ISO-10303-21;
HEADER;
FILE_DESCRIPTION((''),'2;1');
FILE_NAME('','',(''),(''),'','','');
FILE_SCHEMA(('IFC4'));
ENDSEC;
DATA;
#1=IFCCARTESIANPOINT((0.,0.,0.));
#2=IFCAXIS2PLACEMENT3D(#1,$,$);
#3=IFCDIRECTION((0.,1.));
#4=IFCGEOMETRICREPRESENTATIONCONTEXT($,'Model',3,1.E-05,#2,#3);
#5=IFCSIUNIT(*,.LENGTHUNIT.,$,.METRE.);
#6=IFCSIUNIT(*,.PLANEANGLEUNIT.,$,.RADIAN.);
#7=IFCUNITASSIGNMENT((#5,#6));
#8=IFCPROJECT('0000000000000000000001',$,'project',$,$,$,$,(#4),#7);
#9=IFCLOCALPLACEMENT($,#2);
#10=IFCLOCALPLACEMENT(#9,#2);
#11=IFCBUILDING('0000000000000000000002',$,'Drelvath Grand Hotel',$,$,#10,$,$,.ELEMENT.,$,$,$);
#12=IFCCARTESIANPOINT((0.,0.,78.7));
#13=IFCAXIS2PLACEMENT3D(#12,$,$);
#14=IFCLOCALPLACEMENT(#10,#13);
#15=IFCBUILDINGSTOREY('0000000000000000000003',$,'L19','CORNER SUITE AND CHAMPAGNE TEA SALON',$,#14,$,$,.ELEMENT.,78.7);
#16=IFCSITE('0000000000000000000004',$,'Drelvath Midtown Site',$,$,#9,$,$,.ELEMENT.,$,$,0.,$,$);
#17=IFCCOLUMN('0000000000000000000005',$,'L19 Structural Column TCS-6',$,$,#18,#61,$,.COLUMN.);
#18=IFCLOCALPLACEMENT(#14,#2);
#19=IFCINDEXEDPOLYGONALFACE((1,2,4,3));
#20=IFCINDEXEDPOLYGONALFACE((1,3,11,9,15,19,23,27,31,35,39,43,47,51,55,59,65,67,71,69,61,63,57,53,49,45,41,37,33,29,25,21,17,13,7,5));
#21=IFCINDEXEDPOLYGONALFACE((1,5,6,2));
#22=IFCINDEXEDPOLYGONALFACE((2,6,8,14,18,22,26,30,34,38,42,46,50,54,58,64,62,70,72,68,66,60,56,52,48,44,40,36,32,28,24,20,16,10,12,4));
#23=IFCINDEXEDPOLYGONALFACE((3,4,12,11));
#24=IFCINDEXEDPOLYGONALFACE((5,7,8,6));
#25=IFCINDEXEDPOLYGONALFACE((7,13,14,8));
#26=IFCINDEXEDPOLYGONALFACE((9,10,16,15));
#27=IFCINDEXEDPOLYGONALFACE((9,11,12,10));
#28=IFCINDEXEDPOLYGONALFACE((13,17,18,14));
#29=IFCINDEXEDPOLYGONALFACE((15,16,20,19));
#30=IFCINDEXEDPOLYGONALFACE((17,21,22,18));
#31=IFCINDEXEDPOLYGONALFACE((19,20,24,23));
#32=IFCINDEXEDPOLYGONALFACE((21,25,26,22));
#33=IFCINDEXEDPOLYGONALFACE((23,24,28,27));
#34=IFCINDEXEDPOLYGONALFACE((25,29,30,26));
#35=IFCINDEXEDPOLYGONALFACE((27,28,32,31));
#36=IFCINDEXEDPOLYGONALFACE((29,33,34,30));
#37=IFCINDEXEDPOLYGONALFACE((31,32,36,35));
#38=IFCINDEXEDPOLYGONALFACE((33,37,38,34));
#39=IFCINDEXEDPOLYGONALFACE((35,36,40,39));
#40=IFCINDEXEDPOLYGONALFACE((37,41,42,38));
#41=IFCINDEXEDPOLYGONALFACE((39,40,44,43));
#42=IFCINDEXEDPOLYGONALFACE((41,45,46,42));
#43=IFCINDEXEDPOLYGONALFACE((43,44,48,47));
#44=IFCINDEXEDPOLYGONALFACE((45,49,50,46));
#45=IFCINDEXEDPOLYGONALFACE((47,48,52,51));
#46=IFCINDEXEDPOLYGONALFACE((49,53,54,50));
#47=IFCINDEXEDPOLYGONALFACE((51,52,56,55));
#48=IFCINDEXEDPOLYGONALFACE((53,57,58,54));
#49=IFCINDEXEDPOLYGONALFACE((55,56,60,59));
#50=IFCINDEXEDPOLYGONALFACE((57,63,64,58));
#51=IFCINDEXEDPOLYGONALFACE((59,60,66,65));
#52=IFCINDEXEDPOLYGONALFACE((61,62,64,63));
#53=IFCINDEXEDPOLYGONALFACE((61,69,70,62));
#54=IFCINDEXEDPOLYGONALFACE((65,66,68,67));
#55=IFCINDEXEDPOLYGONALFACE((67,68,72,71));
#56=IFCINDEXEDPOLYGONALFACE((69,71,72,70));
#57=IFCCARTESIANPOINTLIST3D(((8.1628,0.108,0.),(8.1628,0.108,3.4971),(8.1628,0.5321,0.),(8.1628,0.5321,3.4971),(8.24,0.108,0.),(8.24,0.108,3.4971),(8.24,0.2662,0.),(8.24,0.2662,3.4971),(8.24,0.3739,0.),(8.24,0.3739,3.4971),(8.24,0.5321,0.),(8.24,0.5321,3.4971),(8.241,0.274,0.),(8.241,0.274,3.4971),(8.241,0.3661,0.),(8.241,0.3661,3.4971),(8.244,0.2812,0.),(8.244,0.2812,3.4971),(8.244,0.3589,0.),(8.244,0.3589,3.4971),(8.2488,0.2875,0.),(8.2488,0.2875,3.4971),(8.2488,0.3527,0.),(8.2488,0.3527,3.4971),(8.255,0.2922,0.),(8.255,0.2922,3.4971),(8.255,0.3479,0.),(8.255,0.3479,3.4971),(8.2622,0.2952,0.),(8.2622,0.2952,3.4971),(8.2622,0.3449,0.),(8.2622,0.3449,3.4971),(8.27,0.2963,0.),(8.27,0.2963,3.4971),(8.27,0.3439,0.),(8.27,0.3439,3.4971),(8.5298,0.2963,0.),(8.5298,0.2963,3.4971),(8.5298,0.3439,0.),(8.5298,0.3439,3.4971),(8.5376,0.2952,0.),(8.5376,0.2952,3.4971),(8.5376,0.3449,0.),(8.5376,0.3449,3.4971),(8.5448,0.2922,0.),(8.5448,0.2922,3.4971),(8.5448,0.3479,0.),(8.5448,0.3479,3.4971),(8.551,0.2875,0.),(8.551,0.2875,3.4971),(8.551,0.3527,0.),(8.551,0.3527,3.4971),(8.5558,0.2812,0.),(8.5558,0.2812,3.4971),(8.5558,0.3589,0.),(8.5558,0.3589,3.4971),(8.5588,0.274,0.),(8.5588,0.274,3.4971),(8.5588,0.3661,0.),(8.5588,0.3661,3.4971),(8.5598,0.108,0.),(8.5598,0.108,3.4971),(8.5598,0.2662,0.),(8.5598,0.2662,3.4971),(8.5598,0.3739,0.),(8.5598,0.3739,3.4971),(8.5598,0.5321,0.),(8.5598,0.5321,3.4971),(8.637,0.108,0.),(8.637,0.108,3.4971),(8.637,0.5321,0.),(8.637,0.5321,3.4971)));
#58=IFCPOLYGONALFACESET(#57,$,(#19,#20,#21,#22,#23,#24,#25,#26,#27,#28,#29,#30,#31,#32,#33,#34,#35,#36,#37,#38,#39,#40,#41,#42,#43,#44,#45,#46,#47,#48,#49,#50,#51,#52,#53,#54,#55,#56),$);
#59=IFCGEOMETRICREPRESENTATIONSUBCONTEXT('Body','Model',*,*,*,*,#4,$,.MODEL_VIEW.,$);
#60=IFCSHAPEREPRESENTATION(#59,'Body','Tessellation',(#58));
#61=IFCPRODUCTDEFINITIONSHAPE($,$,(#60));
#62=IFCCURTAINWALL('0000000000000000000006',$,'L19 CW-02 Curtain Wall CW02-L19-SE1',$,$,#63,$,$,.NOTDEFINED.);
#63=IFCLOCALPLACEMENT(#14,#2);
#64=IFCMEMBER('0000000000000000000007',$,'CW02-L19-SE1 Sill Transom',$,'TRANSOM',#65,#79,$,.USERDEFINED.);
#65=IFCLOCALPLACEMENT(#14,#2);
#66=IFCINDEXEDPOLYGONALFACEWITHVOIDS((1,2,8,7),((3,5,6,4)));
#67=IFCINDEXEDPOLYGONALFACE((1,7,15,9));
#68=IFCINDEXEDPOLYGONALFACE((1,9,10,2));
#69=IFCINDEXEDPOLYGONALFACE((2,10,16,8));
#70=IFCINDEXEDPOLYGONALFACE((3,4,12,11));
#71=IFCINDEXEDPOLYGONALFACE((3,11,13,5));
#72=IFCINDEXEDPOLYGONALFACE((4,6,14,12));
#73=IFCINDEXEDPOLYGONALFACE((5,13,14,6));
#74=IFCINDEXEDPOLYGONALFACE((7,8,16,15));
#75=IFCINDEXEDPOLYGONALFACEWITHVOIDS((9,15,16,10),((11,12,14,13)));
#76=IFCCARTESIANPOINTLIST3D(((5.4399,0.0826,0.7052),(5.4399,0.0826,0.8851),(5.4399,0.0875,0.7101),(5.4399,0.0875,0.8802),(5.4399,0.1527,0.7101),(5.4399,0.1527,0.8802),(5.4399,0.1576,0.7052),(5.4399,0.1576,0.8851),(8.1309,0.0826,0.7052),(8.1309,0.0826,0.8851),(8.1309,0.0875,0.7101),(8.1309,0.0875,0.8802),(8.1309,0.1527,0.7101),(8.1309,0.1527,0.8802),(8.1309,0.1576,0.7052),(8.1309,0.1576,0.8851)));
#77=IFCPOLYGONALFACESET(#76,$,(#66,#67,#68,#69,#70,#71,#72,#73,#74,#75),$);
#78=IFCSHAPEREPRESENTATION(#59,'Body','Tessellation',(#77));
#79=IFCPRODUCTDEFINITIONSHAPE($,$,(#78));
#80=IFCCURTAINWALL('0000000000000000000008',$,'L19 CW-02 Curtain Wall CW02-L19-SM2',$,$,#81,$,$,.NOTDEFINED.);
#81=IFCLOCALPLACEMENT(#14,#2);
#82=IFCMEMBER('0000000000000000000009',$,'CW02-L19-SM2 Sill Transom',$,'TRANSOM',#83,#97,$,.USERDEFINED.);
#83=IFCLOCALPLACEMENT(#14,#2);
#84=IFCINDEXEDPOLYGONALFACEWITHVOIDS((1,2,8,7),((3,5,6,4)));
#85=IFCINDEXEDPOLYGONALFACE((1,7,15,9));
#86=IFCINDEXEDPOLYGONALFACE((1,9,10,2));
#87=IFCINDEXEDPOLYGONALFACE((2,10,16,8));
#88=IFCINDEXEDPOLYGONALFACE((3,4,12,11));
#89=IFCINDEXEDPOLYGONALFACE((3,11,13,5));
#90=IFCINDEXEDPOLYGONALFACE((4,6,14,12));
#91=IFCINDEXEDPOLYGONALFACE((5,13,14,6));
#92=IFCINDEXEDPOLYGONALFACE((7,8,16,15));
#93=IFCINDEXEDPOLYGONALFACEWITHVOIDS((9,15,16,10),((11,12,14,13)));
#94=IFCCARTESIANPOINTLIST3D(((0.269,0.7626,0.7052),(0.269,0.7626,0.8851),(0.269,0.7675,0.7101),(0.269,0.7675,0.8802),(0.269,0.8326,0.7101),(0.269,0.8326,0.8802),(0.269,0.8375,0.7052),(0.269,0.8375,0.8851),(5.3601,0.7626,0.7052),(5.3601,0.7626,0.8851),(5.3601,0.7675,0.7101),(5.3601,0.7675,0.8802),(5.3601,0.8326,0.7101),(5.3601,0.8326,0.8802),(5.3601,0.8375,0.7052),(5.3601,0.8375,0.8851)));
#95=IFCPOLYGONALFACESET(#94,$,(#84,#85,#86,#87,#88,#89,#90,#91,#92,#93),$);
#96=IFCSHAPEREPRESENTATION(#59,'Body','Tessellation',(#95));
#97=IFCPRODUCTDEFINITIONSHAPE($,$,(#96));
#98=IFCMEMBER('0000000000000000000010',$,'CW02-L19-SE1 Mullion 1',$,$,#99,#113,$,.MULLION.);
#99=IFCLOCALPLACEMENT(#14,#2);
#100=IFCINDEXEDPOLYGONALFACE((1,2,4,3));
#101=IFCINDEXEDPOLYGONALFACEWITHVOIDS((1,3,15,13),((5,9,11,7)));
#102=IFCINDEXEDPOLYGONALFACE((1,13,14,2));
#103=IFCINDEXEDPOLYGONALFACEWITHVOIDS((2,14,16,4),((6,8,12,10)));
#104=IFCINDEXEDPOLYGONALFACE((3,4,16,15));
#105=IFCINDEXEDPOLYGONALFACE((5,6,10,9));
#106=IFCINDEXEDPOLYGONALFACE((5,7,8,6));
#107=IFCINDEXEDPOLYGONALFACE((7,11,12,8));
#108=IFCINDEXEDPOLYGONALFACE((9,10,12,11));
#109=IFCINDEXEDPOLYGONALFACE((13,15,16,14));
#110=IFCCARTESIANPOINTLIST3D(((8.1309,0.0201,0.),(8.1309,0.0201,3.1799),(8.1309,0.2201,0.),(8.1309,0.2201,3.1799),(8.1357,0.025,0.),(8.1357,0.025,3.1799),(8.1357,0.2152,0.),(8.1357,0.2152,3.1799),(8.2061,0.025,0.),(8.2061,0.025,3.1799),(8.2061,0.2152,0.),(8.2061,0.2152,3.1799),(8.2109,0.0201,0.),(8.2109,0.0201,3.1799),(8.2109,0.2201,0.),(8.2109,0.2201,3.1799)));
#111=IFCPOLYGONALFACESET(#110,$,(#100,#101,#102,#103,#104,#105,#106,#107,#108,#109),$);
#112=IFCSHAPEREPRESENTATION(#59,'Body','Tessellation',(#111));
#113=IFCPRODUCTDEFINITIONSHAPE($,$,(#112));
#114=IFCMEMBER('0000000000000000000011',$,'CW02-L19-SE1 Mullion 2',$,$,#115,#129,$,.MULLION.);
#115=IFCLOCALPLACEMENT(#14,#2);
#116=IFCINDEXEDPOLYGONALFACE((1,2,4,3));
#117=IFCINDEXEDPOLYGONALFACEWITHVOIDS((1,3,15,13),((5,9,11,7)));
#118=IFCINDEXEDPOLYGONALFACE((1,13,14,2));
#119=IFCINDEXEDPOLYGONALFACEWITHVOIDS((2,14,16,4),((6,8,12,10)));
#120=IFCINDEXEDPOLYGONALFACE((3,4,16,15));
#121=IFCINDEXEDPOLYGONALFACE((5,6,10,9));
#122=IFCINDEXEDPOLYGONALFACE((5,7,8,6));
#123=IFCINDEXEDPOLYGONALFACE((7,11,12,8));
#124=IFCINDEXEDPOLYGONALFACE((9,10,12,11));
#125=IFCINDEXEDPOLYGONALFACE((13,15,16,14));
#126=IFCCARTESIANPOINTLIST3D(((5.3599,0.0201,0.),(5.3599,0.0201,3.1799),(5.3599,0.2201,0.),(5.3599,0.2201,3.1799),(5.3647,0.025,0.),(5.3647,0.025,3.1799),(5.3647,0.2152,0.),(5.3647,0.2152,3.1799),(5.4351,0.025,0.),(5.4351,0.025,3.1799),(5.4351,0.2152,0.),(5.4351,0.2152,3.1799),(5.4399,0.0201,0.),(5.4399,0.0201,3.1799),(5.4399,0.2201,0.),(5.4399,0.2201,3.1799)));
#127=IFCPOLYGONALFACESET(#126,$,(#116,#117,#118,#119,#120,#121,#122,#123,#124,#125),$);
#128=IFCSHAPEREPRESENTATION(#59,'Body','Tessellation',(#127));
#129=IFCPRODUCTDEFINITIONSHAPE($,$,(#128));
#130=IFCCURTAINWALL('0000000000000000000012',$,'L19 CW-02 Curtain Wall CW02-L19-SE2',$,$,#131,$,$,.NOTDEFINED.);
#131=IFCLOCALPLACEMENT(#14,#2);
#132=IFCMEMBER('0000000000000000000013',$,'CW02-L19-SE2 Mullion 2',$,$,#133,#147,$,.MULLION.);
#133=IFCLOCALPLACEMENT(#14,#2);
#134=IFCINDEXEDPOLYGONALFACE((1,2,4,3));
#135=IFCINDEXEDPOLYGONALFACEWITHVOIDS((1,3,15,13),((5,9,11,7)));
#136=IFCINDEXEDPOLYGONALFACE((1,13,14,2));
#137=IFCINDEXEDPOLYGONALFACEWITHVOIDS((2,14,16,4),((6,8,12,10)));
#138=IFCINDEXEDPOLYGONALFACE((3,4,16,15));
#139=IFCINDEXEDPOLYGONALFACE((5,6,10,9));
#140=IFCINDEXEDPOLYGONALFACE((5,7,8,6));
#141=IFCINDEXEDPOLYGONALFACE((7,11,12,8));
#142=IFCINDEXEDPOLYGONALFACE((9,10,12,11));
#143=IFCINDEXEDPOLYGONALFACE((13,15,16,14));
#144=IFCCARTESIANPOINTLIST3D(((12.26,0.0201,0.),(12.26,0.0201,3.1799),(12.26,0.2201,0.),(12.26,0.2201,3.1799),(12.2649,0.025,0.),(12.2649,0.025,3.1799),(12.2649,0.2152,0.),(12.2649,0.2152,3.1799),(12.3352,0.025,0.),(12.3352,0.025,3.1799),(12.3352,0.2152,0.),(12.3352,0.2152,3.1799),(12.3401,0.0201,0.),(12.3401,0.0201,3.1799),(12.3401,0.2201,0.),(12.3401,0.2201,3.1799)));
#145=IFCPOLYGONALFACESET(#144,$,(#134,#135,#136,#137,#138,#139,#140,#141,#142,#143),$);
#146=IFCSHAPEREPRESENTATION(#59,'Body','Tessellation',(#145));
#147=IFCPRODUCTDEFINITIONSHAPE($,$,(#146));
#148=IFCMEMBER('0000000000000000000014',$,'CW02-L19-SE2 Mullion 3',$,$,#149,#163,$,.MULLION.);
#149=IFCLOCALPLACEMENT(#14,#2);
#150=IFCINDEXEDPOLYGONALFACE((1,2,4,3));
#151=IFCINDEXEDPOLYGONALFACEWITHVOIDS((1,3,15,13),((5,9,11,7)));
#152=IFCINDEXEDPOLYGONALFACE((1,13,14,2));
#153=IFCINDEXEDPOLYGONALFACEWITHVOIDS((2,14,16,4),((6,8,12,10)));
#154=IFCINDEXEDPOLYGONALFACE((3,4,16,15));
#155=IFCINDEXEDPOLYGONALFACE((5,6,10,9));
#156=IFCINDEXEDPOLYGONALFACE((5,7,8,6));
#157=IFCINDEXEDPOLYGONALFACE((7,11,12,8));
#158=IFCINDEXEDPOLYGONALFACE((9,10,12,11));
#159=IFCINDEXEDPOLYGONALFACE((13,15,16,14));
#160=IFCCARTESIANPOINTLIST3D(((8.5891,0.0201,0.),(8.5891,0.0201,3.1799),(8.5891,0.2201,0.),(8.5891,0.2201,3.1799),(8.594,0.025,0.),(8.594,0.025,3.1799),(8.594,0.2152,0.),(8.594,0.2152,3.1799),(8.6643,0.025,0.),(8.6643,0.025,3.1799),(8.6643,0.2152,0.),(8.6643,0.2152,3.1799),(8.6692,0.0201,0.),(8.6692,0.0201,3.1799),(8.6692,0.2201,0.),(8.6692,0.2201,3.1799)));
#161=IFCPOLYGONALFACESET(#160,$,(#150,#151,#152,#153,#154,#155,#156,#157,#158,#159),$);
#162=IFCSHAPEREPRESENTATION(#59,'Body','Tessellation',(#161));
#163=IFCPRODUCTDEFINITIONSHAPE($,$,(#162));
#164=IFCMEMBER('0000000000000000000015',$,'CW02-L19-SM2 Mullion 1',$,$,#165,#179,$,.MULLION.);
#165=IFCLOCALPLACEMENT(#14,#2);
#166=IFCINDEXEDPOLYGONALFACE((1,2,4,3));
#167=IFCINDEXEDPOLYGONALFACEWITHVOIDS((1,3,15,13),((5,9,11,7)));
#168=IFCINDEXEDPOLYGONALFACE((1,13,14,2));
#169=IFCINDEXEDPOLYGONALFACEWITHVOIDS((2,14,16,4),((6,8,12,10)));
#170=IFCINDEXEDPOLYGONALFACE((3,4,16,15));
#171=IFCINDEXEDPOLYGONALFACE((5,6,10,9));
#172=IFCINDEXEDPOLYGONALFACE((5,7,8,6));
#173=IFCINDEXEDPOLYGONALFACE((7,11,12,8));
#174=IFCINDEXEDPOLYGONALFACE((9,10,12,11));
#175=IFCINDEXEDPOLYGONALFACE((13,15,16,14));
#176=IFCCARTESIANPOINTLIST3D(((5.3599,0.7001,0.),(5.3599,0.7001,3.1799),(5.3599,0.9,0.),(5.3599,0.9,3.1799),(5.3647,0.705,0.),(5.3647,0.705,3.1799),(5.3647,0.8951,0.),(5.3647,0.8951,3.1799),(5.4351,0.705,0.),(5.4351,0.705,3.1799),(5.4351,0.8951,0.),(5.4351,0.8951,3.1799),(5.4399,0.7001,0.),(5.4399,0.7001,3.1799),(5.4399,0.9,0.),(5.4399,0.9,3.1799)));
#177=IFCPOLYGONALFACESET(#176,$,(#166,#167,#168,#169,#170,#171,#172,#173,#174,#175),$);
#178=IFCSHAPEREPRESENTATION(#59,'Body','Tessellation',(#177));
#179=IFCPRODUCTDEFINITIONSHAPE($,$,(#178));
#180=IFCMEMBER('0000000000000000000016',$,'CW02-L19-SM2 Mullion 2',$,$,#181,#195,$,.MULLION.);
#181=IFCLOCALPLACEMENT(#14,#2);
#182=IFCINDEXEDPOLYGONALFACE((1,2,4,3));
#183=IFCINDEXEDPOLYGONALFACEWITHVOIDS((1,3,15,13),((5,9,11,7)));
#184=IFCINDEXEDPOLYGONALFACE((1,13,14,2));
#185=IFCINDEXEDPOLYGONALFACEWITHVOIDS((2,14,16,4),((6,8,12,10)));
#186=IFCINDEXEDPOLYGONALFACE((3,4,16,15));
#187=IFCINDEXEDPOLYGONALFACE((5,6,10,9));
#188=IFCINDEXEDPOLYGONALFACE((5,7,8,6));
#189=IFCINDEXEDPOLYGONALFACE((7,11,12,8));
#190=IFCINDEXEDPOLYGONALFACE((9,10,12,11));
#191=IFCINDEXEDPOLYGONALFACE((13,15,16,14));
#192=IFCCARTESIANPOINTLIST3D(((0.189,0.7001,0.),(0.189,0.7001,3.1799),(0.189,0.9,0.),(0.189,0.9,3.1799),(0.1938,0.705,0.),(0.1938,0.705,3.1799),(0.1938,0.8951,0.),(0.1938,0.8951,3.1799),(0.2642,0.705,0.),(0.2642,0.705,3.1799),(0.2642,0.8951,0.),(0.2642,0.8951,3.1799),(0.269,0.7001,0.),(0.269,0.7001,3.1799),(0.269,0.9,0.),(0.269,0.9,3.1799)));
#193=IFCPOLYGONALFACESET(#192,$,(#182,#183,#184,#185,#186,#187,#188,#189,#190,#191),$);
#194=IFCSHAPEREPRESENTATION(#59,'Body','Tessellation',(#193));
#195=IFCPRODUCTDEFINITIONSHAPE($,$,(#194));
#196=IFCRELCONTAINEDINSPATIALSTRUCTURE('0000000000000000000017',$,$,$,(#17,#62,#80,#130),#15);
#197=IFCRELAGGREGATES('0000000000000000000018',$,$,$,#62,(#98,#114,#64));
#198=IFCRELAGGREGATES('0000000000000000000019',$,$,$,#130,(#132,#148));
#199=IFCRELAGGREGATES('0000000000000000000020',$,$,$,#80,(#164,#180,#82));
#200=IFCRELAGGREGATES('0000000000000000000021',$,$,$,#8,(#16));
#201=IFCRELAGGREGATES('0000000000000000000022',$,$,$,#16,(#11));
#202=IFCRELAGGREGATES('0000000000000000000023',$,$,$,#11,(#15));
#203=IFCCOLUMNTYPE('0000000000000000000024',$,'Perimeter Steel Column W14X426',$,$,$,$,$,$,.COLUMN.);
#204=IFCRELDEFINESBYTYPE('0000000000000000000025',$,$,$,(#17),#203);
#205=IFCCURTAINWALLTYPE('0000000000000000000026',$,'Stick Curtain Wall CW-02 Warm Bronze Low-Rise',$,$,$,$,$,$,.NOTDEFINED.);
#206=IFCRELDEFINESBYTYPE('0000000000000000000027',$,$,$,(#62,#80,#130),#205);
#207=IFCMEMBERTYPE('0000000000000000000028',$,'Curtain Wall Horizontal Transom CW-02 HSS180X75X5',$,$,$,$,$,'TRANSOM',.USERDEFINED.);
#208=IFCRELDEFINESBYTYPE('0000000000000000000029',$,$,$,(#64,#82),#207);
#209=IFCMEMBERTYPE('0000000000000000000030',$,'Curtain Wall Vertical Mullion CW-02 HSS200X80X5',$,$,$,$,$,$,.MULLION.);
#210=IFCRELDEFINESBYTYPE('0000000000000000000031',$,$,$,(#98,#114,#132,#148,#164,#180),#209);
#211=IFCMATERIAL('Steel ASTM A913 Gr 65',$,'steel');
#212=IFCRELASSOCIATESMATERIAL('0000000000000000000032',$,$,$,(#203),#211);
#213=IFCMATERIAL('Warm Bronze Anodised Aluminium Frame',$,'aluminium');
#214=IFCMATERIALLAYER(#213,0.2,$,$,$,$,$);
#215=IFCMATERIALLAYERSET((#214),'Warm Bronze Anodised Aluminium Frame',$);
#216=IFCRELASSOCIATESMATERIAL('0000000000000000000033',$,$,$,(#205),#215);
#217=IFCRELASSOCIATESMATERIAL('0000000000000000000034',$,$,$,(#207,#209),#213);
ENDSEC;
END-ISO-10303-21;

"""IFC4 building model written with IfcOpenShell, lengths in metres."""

from ifc_helpers import new_model, si_unit, direction, frame, origin, origin_2d, place, context, subcontext, project, spatial, hollow_rectangle, i_section, extrude, material, layer, layer_set, material_profile, profile_set, type_object, element, aggregate, save


model = new_model("IFC4")

# Units and contexts
model_context = context("Model", 3, precision=1e-05, world=origin(), true_north=direction((0.0, 1.0)))
body_context = subcontext(model_context, "Body", "Model", "MODEL_VIEW")
ifc_project = project(units=[si_unit("LENGTHUNIT", "METRE"), si_unit("PLANEANGLEUNIT", "RADIAN")], contexts=[model_context])

# Site, building, storey
site_placement = place(None, origin())
site = spatial("IfcSite", under=ifc_project, at=site_placement, Name="Drelvath Midtown Site", CompositionType="ELEMENT", RefElevation=0.0)
building_placement = place(site_placement, origin())
building = spatial("IfcBuilding", under=site, at=building_placement, Name="Drelvath Grand Hotel", CompositionType="ELEMENT")
storey_placement = place(building_placement, frame((0.0, 0.0, 78.7)))
storey = spatial("IfcBuildingStorey", under=building, at=storey_placement, Name="L19", Description="CORNER SUITE AND CHAMPAGNE TEA SALON", CompositionType="ELEMENT", Elevation=78.7)

# Column
ifc_material_1 = material(Name="Steel ASTM A913 Gr 65", Category="steel")
ifc_material_profile_1 = material_profile(ifc_material_1, i_section(OverallWidth=0.4241, OverallDepth=0.4741, WebThickness=0.0476, FlangeThickness=0.0771, FilletRadius=0.03, at=origin_2d()), Name="W14X426")
ifc_profile_set_1 = profile_set([ifc_material_profile_1], Name="Steel ASTM A913 Gr 65")
column_type = type_object("IfcColumnType", Name="Perimeter Steel Column W14X426", PredefinedType="COLUMN", material=ifc_profile_set_1)
column_placement = place(storey_placement, frame((8.3999, 0.3201, 0.0), z_axis=(0.0, 0.0, 1.0), x_axis=(0.0, 1.0, 0.0)))
element("IfcColumn", 1, at=column_placement, inside=storey, type_object=column_type, Name="L19 Structural Column TCS-6", PredefinedType="COLUMN", context=body_context, shape_type="SweptSolid", body=[
    extrude(i_section(OverallWidth=0.4241, OverallDepth=0.4741, WebThickness=0.0476, FlangeThickness=0.0771, FilletRadius=0.03, at=origin_2d()), origin(), (0.0, 0.0, 1.0), 3.4971),
])

# Curtain walls, members
ifc_material_2 = material(Name="Warm Bronze Anodised Aluminium Frame", Category="aluminium")
ifc_layer_1 = layer(ifc_material_2, 0.2)
ifc_layer_set_1 = layer_set([ifc_layer_1], Name="Warm Bronze Anodised Aluminium Frame")
curtain_wall_type = type_object("IfcCurtainWallType", Name="Stick Curtain Wall CW-02 Warm Bronze Low-Rise", PredefinedType="NOTDEFINED", material=ifc_layer_set_1)
curtain_wall_1_placement = place(storey_placement, origin())
curtain_wall_1 = element("IfcCurtainWall", 2, at=curtain_wall_1_placement, inside=storey, type_object=curtain_wall_type, Name="L19 CW-02 Curtain Wall CW02-L19-SE1", PredefinedType="NOTDEFINED")
ifc_material_profile_2 = material_profile(ifc_material_2, hollow_rectangle(XDim=0.075, YDim=0.1799, WallThickness=0.0049, at=origin_2d()), Name="HSS180X75X5")
ifc_profile_set_2 = profile_set([ifc_material_profile_2], Name="Warm Bronze Anodised Aluminium Frame")
member_type_1 = type_object("IfcMemberType", Name="Curtain Wall Horizontal Transom CW-02 HSS180X75X5", ElementType="TRANSOM", PredefinedType="USERDEFINED", material=ifc_profile_set_2)
member_1_placement = place(storey_placement, frame((8.1309, 0.1201, 0.7952), z_axis=(-1.0, 0.0, 0.0), x_axis=(0.0, -1.0, 0.0)))
member_1 = element("IfcMember", 3, at=member_1_placement, type_object=member_type_1, Name="CW02-L19-SE1 Sill Transom", ObjectType="TRANSOM", PredefinedType="USERDEFINED", context=body_context, shape_type="SweptSolid", body=[
    extrude(hollow_rectangle(XDim=0.075, YDim=0.1799, WallThickness=0.0049, at=origin_2d()), origin(), (0.0, 0.0, 1.0), 2.6909),
])
curtain_wall_2_placement = place(storey_placement, origin())
curtain_wall_2 = element("IfcCurtainWall", 4, at=curtain_wall_2_placement, inside=storey, type_object=curtain_wall_type, Name="L19 CW-02 Curtain Wall CW02-L19-SM2", PredefinedType="NOTDEFINED")
member_2_placement = place(storey_placement, frame((5.3601, 0.8, 0.7952), z_axis=(-1.0, 0.0, 0.0), x_axis=(0.0, -1.0, 0.0)))
member_2 = element("IfcMember", 5, at=member_2_placement, type_object=member_type_1, Name="CW02-L19-SM2 Sill Transom", ObjectType="TRANSOM", PredefinedType="USERDEFINED", context=body_context, shape_type="SweptSolid", body=[
    extrude(hollow_rectangle(XDim=0.075, YDim=0.1799, WallThickness=0.0049, at=origin_2d()), origin(), (0.0, 0.0, 1.0), 5.0911),
])

# Members
ifc_material_profile_3 = material_profile(ifc_material_2, hollow_rectangle(XDim=0.0801, YDim=0.2, WallThickness=0.0049, at=origin_2d()), Name="HSS200X80X5")
ifc_profile_set_3 = profile_set([ifc_material_profile_3], Name="Warm Bronze Anodised Aluminium Frame")
member_type_2 = type_object("IfcMemberType", Name="Curtain Wall Vertical Mullion CW-02 HSS200X80X5", PredefinedType="MULLION", material=ifc_profile_set_3)
member_3_placement = place(storey_placement, frame((8.1709, 0.1201, 0.0), z_axis=(0.0, 0.0, 1.0), x_axis=(1.0, 0.0, 0.0)))
member_3 = element("IfcMember", 6, at=member_3_placement, type_object=member_type_2, Name="CW02-L19-SE1 Mullion 1", PredefinedType="MULLION", context=body_context, shape_type="SweptSolid", body=[
    extrude(hollow_rectangle(XDim=0.0801, YDim=0.2, WallThickness=0.0049, at=origin_2d()), origin(), (0.0, 0.0, 1.0), 3.1799),
])
member_4_placement = place(storey_placement, frame((5.3999, 0.1201, 0.0), z_axis=(0.0, 0.0, 1.0), x_axis=(1.0, 0.0, 0.0)))
member_4 = element("IfcMember", 7, at=member_4_placement, type_object=member_type_2, Name="CW02-L19-SE1 Mullion 2", PredefinedType="MULLION", context=body_context, shape_type="SweptSolid", body=[
    extrude(hollow_rectangle(XDim=0.0801, YDim=0.2, WallThickness=0.0049, at=origin_2d()), origin(), (0.0, 0.0, 1.0), 3.1799),
])

# Curtain wall, members
curtain_wall_3_placement = place(storey_placement, origin())
curtain_wall_3 = element("IfcCurtainWall", 8, at=curtain_wall_3_placement, inside=storey, type_object=curtain_wall_type, Name="L19 CW-02 Curtain Wall CW02-L19-SE2", PredefinedType="NOTDEFINED")
member_5_placement = place(storey_placement, frame((12.3, 0.1201, 0.0), z_axis=(0.0, 0.0, 1.0), x_axis=(1.0, 0.0, 0.0)))
member_5 = element("IfcMember", 9, at=member_5_placement, type_object=member_type_2, Name="CW02-L19-SE2 Mullion 2", PredefinedType="MULLION", context=body_context, shape_type="SweptSolid", body=[
    extrude(hollow_rectangle(XDim=0.0801, YDim=0.2, WallThickness=0.0049, at=origin_2d()), origin(), (0.0, 0.0, 1.0), 3.1799),
])
member_6_placement = place(storey_placement, frame((8.6292, 0.1201, 0.0), z_axis=(0.0, 0.0, 1.0), x_axis=(1.0, 0.0, 0.0)))
member_6 = element("IfcMember", 10, at=member_6_placement, type_object=member_type_2, Name="CW02-L19-SE2 Mullion 3", PredefinedType="MULLION", context=body_context, shape_type="SweptSolid", body=[
    extrude(hollow_rectangle(XDim=0.0801, YDim=0.2, WallThickness=0.0049, at=origin_2d()), origin(), (0.0, 0.0, 1.0), 3.1799),
])

# Members
member_7_placement = place(storey_placement, frame((5.3999, 0.8, 0.0), z_axis=(0.0, 0.0, 1.0), x_axis=(1.0, 0.0, 0.0)))
member_7 = element("IfcMember", 11, at=member_7_placement, type_object=member_type_2, Name="CW02-L19-SM2 Mullion 1", PredefinedType="MULLION", context=body_context, shape_type="SweptSolid", body=[
    extrude(hollow_rectangle(XDim=0.0801, YDim=0.2, WallThickness=0.0049, at=origin_2d()), origin(), (0.0, 0.0, 1.0), 3.1799),
])
member_8_placement = place(storey_placement, frame((0.229, 0.8, 0.0), z_axis=(0.0, 0.0, 1.0), x_axis=(1.0, 0.0, 0.0)))
member_8 = element("IfcMember", 12, at=member_8_placement, type_object=member_type_2, Name="CW02-L19-SM2 Mullion 2", PredefinedType="MULLION", context=body_context, shape_type="SweptSolid", body=[
    extrude(hollow_rectangle(XDim=0.0801, YDim=0.2, WallThickness=0.0049, at=origin_2d()), origin(), (0.0, 0.0, 1.0), 3.1799),
])

aggregate(curtain_wall_1, [member_3, member_4, member_1])
aggregate(curtain_wall_3, [member_5, member_6])
aggregate(curtain_wall_2, [member_7, member_8, member_2])

save(model, "model.ifc")
